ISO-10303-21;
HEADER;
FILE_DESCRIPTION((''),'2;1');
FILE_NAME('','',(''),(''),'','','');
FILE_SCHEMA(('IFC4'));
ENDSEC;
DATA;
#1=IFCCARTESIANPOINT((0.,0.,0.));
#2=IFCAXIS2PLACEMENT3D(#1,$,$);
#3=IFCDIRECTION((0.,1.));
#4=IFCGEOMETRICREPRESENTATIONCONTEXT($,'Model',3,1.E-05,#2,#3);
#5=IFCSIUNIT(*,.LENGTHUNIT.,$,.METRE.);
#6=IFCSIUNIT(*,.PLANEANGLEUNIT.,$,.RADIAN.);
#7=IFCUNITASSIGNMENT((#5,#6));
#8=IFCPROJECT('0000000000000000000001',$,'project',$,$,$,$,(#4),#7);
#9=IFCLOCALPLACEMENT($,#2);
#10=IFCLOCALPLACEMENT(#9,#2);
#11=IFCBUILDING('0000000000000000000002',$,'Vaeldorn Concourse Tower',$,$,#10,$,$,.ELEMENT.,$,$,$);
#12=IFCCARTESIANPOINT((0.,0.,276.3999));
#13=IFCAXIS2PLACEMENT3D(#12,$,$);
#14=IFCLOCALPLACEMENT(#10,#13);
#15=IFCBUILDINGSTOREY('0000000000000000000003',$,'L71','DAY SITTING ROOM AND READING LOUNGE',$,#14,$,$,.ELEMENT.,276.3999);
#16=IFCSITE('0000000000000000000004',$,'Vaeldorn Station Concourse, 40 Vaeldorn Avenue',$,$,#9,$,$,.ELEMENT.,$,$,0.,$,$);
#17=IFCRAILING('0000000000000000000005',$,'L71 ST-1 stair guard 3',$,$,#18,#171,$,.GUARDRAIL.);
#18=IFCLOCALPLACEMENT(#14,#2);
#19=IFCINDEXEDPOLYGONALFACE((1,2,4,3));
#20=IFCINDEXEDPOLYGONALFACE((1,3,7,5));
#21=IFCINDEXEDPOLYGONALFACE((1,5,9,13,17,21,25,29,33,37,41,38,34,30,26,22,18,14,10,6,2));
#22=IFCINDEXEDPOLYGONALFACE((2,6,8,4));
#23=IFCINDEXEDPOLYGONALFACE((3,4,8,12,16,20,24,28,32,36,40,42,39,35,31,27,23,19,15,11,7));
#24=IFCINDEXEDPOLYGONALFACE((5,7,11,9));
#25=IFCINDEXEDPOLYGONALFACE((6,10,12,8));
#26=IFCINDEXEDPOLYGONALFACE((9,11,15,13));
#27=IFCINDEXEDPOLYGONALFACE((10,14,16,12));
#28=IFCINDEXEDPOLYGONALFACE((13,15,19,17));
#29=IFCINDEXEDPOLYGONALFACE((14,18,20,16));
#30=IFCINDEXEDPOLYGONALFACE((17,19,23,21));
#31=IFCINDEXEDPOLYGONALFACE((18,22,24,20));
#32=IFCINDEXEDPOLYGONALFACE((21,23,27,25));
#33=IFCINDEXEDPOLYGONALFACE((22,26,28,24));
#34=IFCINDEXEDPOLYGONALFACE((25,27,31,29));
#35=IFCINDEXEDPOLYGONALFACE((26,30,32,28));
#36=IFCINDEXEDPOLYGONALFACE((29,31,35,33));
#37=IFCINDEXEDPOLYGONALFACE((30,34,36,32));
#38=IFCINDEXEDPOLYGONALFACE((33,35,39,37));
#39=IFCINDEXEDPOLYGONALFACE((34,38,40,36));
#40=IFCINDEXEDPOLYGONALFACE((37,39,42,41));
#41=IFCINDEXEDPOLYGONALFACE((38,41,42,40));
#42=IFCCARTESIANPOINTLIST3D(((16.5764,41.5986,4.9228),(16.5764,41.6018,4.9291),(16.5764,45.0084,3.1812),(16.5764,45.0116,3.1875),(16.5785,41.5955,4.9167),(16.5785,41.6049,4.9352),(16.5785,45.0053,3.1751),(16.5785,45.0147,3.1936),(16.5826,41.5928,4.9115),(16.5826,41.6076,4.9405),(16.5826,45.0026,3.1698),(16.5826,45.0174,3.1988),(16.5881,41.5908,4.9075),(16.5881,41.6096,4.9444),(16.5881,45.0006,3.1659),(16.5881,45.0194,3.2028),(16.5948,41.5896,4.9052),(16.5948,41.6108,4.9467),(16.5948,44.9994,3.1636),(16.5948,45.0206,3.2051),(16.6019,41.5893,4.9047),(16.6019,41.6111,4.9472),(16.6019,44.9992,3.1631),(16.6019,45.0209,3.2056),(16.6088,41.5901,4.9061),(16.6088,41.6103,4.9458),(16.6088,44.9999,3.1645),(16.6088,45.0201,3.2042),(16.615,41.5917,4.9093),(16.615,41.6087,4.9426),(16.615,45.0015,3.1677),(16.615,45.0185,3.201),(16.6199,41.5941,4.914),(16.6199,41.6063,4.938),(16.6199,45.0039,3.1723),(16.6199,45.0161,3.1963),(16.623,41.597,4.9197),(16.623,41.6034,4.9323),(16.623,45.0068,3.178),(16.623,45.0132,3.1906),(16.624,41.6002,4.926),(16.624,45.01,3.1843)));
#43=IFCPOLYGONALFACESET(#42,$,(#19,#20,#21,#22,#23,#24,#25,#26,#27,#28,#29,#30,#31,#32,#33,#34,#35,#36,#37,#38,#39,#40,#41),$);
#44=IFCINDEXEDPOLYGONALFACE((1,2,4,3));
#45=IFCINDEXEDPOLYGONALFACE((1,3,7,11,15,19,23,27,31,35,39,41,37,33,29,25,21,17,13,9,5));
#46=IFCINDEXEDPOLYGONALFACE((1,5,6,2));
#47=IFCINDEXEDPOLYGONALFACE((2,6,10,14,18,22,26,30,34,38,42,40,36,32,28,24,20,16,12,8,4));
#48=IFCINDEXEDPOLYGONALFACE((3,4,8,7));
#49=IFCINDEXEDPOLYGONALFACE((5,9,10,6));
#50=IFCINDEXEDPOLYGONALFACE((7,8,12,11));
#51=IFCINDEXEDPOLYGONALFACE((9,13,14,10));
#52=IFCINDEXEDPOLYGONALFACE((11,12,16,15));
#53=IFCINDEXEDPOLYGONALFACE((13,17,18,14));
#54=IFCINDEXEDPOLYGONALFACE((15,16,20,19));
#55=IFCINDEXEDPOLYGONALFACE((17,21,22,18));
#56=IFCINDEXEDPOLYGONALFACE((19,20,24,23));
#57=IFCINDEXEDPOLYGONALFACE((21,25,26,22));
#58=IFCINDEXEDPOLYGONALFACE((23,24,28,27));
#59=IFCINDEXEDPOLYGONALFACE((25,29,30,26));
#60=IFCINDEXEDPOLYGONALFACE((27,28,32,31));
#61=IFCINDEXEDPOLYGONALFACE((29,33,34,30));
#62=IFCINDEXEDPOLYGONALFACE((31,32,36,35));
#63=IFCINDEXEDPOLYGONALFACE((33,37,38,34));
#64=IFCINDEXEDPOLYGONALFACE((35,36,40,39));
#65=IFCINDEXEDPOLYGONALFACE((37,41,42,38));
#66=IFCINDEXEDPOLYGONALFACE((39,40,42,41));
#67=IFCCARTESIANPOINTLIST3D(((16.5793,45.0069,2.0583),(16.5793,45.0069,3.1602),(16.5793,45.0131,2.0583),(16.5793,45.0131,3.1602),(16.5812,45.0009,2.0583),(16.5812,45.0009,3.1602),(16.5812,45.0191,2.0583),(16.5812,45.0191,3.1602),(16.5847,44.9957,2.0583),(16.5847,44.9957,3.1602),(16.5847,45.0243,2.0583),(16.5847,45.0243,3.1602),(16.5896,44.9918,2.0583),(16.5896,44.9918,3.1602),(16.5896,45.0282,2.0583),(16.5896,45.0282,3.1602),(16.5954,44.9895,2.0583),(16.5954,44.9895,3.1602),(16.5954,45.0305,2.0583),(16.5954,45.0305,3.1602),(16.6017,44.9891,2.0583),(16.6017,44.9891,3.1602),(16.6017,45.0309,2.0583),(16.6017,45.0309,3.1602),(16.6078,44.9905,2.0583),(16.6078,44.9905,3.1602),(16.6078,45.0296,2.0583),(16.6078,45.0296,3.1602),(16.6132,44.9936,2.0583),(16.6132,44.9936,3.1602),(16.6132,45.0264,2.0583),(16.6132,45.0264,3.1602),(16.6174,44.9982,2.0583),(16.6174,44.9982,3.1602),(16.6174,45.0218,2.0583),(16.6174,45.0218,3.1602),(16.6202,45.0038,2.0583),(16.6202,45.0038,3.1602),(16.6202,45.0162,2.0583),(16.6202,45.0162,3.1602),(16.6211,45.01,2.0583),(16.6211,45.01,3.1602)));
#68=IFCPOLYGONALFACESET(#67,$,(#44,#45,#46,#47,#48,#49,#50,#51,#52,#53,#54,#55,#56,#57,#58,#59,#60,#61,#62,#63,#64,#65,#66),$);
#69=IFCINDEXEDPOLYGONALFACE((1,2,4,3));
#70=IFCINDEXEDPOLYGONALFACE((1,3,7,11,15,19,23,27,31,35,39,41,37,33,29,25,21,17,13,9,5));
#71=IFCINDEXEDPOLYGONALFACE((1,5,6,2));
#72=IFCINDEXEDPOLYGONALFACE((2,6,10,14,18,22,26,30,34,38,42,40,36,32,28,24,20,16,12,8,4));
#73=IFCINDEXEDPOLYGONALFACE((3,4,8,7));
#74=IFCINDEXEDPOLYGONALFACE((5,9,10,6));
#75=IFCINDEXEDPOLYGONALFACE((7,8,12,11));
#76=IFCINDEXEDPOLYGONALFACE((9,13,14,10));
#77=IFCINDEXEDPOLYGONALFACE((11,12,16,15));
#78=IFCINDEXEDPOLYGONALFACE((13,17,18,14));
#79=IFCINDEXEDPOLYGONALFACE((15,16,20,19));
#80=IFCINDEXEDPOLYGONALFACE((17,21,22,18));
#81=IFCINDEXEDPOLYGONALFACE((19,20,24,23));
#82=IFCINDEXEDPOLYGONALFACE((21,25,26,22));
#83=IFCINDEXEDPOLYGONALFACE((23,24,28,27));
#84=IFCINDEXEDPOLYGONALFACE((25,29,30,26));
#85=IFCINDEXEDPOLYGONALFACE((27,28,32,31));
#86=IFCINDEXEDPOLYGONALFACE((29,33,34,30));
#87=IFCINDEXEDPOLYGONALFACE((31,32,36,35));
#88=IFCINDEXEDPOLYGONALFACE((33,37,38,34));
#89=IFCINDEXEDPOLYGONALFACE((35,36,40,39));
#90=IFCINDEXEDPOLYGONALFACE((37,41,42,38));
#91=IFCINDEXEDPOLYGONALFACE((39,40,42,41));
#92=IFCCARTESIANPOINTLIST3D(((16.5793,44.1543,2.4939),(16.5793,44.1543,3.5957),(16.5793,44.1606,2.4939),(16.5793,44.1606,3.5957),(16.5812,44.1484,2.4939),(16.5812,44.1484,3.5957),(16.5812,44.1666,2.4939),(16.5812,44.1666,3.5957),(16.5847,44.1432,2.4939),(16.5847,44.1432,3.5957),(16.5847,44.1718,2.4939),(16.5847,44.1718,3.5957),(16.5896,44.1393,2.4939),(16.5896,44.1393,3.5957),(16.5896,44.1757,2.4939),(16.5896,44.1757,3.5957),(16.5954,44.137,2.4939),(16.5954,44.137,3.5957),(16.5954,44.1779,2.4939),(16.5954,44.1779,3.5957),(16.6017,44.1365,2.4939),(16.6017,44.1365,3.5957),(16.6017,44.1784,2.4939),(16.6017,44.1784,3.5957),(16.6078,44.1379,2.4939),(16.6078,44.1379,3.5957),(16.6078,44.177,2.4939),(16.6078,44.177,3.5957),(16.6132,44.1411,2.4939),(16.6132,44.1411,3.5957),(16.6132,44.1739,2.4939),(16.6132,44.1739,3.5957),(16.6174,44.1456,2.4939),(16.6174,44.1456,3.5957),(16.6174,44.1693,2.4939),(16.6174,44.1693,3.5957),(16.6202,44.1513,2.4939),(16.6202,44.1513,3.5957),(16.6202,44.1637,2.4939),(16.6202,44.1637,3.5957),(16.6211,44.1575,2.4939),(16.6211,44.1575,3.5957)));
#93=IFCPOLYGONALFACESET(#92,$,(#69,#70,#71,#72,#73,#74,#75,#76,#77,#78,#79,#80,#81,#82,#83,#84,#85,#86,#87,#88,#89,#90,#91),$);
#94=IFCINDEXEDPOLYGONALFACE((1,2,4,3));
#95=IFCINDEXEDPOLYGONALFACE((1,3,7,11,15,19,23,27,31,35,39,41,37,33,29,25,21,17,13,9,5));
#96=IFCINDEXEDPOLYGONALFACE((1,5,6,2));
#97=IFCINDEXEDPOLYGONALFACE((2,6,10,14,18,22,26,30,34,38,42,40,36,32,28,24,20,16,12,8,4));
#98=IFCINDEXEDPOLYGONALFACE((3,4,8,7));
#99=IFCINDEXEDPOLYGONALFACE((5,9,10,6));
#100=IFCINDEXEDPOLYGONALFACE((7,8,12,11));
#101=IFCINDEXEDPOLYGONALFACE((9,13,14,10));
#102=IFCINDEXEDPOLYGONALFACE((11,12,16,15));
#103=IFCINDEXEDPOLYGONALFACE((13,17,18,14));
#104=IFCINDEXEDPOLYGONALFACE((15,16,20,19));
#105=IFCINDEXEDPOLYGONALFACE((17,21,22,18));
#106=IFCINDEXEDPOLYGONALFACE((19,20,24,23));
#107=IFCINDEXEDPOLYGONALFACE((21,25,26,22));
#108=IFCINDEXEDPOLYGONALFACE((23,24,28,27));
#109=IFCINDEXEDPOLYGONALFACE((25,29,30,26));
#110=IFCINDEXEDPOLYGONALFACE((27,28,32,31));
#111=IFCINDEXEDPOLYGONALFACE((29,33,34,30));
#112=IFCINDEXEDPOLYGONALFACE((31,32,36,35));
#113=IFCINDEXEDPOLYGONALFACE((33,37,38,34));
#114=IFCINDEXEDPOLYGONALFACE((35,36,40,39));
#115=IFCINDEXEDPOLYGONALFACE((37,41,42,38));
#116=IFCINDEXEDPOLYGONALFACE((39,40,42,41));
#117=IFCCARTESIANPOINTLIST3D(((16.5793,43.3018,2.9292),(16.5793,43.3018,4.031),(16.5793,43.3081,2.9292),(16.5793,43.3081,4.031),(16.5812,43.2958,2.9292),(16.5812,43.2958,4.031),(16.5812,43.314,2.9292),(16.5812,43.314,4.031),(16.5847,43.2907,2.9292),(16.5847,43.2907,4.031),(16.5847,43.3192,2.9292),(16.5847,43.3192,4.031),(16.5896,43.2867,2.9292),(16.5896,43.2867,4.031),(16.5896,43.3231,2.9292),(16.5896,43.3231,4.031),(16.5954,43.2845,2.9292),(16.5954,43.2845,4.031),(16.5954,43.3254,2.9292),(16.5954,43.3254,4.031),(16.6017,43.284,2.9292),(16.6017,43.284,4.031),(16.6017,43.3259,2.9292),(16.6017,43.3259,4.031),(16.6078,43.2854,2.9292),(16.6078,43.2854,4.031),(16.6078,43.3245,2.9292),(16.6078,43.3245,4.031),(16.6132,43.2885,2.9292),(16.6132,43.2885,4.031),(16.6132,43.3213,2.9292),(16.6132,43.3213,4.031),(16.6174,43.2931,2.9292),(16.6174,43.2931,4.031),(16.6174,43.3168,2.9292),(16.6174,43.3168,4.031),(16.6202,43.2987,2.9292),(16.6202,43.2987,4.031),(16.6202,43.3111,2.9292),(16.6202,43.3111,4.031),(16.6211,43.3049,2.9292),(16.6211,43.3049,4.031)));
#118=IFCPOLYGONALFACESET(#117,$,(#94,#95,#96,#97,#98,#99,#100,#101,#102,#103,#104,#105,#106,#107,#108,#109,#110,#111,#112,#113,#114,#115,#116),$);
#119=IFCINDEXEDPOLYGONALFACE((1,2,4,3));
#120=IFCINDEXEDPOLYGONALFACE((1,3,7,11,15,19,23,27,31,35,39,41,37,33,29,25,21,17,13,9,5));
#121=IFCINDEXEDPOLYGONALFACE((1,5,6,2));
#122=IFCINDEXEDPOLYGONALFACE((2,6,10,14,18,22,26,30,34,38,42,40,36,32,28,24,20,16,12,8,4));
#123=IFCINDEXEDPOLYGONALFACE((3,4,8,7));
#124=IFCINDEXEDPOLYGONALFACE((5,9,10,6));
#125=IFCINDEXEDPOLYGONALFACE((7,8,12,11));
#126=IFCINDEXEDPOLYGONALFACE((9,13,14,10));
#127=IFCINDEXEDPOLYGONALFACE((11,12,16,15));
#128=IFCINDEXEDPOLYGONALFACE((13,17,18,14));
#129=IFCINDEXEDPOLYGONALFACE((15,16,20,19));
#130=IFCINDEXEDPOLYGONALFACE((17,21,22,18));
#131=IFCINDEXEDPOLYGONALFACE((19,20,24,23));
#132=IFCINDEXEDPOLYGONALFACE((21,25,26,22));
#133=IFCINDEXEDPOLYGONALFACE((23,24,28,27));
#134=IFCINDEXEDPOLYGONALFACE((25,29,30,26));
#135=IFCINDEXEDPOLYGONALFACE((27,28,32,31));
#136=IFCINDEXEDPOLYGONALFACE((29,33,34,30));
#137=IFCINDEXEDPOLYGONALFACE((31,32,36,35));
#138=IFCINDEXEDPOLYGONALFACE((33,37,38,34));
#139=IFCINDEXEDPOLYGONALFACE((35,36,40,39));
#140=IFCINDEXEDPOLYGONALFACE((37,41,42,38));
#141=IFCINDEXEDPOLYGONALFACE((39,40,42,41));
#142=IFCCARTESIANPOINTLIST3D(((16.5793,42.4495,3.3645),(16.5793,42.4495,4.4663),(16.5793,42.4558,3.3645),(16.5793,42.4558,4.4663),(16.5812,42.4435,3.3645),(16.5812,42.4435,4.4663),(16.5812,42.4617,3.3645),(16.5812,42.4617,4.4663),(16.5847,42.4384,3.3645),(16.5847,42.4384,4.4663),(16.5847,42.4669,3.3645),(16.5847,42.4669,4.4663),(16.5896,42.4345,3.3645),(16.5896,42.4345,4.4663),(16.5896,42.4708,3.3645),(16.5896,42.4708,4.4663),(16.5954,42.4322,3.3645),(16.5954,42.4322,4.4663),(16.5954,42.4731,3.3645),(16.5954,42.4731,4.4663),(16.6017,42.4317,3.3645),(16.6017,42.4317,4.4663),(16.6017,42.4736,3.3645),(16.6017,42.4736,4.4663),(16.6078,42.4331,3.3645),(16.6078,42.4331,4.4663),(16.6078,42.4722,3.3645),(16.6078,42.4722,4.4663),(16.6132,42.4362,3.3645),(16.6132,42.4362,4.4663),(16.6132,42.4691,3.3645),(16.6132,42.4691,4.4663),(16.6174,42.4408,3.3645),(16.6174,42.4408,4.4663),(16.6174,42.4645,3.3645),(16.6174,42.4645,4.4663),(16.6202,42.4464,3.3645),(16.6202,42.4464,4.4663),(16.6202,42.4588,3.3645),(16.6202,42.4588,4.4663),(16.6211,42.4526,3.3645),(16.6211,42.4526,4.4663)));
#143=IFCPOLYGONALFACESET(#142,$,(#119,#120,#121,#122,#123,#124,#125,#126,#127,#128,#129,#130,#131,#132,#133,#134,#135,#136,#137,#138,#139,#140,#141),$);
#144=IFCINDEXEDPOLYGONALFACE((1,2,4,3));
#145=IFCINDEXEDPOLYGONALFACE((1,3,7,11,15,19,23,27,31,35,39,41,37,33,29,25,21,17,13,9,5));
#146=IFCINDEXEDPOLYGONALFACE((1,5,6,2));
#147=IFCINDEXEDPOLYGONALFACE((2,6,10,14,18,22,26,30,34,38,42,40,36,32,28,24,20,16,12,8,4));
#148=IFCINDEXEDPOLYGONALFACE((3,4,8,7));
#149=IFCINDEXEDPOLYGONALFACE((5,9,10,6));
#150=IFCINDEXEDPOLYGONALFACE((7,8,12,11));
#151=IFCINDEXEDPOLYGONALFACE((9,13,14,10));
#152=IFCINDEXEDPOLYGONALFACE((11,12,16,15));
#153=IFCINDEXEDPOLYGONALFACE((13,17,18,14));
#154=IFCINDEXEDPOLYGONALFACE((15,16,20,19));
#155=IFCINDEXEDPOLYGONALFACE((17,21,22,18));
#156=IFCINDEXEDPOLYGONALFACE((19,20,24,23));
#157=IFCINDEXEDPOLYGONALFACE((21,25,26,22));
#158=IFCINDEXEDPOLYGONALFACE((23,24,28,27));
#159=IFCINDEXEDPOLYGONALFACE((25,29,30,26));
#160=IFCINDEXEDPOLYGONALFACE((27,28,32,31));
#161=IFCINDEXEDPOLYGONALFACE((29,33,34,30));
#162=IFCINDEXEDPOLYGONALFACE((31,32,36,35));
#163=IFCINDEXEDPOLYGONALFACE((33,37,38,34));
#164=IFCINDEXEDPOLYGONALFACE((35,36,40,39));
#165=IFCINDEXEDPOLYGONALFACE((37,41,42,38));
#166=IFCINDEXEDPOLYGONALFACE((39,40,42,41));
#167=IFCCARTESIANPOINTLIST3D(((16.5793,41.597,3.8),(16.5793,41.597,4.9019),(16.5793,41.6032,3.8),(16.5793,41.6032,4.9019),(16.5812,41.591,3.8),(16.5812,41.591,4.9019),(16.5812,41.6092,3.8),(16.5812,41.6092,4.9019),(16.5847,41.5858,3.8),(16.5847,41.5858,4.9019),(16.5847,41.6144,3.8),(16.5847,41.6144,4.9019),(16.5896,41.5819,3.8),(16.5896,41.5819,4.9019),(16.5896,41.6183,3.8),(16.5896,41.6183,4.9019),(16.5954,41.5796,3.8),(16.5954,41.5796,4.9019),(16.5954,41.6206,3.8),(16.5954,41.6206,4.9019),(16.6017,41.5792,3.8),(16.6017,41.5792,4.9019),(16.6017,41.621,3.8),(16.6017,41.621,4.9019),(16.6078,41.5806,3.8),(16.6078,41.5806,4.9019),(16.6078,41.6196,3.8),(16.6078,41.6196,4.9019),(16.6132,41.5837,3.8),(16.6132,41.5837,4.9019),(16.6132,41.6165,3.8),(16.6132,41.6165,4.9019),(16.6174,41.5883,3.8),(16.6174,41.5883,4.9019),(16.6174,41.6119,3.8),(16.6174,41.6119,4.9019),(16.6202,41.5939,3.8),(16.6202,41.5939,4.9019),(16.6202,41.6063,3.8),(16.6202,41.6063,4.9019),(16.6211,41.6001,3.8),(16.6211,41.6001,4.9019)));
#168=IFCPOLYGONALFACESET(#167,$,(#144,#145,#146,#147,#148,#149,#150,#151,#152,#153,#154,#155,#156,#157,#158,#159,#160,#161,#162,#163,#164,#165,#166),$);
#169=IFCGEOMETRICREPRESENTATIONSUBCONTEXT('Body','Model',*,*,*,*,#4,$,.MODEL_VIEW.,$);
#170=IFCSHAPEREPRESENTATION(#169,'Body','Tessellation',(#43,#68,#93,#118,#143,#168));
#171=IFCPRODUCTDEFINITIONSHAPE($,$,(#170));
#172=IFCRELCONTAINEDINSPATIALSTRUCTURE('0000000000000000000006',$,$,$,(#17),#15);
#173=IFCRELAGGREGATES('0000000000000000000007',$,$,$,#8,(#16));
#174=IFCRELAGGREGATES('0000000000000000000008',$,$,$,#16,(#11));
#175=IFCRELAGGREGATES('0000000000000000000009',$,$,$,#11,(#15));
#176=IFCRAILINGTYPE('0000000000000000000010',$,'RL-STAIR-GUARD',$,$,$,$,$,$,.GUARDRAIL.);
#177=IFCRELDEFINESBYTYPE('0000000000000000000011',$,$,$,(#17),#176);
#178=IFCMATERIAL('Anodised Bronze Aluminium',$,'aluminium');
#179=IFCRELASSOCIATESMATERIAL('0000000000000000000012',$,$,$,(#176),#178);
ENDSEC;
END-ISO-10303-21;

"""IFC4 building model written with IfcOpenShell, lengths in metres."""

from ifc_helpers import new_model, si_unit, direction, frame, origin, origin_2d, place, context, subcontext, project, spatial, circle, extrude, material, type_object, element, save


model = new_model("IFC4")

# Units and contexts
model_context = context("Model", 3, precision=1e-05, world=origin(), true_north=direction((0.0, 1.0)))
body_context = subcontext(model_context, "Body", "Model", "MODEL_VIEW")
ifc_project = project(units=[si_unit("LENGTHUNIT", "METRE"), si_unit("PLANEANGLEUNIT", "RADIAN")], contexts=[model_context])

# Site, building, storey
site_placement = place(None, origin())
site = spatial("IfcSite", under=ifc_project, at=site_placement, Name="Vaeldorn Station Concourse, 40 Vaeldorn Avenue", CompositionType="ELEMENT", RefElevation=0.0)
building_placement = place(site_placement, origin())
building = spatial("IfcBuilding", under=site, at=building_placement, Name="Vaeldorn Concourse Tower", CompositionType="ELEMENT")
storey_placement = place(building_placement, frame((0.0, 0.0, 276.3999)))
storey = spatial("IfcBuildingStorey", under=building, at=storey_placement, Name="L71", Description="DAY SITTING ROOM AND READING LOUNGE", CompositionType="ELEMENT", Elevation=276.3999)

# Shared definitions
ifc_material_1 = material(Name="Anodised Bronze Aluminium", Category="aluminium")

# Railing
railing_type_1 = type_object("IfcRailingType", Name="RL-STAIR-GUARD", PredefinedType="GUARDRAIL", material=ifc_material_1)
railing_1_placement = place(storey_placement, frame((16.6001, 45.01, 2.0583)))
element("IfcRailing", 1, at=railing_1_placement, inside=storey, type_object=railing_type_1, Name="L71 ST-1 stair guard 3", PredefinedType="GUARDRAIL", context=body_context, shape_type="SweptSolid", body=[
    extrude(circle(Radius=0.0239, at=origin_2d()), frame((0.0, 0.0, 1.126), z_axis=(0.0, -0.890556, 0.454874), x_axis=(1.0, 0.0, 0.0)), (0.0, 0.0, 1.0), 3.8289),
    extrude(circle(Radius=0.021, at=origin_2d()), origin(), (0.0, 0.0, 1.0), 1.1018),
    extrude(circle(Radius=0.021, at=origin_2d()), frame((0.0, -0.8525, 0.4355)), (0.0, 0.0, 1.0), 1.1018),
    extrude(circle(Radius=0.021, at=origin_2d()), frame((0.0, -1.7051, 0.8708)), (0.0, 0.0, 1.0), 1.1018),
    extrude(circle(Radius=0.021, at=origin_2d()), frame((0.0, -2.5574, 1.3062)), (0.0, 0.0, 1.0), 1.1018),
    extrude(circle(Radius=0.021, at=origin_2d()), frame((0.0, -3.4099, 1.7417)), (0.0, 0.0, 1.0), 1.1018),
])

save(model, "model.ifc")
